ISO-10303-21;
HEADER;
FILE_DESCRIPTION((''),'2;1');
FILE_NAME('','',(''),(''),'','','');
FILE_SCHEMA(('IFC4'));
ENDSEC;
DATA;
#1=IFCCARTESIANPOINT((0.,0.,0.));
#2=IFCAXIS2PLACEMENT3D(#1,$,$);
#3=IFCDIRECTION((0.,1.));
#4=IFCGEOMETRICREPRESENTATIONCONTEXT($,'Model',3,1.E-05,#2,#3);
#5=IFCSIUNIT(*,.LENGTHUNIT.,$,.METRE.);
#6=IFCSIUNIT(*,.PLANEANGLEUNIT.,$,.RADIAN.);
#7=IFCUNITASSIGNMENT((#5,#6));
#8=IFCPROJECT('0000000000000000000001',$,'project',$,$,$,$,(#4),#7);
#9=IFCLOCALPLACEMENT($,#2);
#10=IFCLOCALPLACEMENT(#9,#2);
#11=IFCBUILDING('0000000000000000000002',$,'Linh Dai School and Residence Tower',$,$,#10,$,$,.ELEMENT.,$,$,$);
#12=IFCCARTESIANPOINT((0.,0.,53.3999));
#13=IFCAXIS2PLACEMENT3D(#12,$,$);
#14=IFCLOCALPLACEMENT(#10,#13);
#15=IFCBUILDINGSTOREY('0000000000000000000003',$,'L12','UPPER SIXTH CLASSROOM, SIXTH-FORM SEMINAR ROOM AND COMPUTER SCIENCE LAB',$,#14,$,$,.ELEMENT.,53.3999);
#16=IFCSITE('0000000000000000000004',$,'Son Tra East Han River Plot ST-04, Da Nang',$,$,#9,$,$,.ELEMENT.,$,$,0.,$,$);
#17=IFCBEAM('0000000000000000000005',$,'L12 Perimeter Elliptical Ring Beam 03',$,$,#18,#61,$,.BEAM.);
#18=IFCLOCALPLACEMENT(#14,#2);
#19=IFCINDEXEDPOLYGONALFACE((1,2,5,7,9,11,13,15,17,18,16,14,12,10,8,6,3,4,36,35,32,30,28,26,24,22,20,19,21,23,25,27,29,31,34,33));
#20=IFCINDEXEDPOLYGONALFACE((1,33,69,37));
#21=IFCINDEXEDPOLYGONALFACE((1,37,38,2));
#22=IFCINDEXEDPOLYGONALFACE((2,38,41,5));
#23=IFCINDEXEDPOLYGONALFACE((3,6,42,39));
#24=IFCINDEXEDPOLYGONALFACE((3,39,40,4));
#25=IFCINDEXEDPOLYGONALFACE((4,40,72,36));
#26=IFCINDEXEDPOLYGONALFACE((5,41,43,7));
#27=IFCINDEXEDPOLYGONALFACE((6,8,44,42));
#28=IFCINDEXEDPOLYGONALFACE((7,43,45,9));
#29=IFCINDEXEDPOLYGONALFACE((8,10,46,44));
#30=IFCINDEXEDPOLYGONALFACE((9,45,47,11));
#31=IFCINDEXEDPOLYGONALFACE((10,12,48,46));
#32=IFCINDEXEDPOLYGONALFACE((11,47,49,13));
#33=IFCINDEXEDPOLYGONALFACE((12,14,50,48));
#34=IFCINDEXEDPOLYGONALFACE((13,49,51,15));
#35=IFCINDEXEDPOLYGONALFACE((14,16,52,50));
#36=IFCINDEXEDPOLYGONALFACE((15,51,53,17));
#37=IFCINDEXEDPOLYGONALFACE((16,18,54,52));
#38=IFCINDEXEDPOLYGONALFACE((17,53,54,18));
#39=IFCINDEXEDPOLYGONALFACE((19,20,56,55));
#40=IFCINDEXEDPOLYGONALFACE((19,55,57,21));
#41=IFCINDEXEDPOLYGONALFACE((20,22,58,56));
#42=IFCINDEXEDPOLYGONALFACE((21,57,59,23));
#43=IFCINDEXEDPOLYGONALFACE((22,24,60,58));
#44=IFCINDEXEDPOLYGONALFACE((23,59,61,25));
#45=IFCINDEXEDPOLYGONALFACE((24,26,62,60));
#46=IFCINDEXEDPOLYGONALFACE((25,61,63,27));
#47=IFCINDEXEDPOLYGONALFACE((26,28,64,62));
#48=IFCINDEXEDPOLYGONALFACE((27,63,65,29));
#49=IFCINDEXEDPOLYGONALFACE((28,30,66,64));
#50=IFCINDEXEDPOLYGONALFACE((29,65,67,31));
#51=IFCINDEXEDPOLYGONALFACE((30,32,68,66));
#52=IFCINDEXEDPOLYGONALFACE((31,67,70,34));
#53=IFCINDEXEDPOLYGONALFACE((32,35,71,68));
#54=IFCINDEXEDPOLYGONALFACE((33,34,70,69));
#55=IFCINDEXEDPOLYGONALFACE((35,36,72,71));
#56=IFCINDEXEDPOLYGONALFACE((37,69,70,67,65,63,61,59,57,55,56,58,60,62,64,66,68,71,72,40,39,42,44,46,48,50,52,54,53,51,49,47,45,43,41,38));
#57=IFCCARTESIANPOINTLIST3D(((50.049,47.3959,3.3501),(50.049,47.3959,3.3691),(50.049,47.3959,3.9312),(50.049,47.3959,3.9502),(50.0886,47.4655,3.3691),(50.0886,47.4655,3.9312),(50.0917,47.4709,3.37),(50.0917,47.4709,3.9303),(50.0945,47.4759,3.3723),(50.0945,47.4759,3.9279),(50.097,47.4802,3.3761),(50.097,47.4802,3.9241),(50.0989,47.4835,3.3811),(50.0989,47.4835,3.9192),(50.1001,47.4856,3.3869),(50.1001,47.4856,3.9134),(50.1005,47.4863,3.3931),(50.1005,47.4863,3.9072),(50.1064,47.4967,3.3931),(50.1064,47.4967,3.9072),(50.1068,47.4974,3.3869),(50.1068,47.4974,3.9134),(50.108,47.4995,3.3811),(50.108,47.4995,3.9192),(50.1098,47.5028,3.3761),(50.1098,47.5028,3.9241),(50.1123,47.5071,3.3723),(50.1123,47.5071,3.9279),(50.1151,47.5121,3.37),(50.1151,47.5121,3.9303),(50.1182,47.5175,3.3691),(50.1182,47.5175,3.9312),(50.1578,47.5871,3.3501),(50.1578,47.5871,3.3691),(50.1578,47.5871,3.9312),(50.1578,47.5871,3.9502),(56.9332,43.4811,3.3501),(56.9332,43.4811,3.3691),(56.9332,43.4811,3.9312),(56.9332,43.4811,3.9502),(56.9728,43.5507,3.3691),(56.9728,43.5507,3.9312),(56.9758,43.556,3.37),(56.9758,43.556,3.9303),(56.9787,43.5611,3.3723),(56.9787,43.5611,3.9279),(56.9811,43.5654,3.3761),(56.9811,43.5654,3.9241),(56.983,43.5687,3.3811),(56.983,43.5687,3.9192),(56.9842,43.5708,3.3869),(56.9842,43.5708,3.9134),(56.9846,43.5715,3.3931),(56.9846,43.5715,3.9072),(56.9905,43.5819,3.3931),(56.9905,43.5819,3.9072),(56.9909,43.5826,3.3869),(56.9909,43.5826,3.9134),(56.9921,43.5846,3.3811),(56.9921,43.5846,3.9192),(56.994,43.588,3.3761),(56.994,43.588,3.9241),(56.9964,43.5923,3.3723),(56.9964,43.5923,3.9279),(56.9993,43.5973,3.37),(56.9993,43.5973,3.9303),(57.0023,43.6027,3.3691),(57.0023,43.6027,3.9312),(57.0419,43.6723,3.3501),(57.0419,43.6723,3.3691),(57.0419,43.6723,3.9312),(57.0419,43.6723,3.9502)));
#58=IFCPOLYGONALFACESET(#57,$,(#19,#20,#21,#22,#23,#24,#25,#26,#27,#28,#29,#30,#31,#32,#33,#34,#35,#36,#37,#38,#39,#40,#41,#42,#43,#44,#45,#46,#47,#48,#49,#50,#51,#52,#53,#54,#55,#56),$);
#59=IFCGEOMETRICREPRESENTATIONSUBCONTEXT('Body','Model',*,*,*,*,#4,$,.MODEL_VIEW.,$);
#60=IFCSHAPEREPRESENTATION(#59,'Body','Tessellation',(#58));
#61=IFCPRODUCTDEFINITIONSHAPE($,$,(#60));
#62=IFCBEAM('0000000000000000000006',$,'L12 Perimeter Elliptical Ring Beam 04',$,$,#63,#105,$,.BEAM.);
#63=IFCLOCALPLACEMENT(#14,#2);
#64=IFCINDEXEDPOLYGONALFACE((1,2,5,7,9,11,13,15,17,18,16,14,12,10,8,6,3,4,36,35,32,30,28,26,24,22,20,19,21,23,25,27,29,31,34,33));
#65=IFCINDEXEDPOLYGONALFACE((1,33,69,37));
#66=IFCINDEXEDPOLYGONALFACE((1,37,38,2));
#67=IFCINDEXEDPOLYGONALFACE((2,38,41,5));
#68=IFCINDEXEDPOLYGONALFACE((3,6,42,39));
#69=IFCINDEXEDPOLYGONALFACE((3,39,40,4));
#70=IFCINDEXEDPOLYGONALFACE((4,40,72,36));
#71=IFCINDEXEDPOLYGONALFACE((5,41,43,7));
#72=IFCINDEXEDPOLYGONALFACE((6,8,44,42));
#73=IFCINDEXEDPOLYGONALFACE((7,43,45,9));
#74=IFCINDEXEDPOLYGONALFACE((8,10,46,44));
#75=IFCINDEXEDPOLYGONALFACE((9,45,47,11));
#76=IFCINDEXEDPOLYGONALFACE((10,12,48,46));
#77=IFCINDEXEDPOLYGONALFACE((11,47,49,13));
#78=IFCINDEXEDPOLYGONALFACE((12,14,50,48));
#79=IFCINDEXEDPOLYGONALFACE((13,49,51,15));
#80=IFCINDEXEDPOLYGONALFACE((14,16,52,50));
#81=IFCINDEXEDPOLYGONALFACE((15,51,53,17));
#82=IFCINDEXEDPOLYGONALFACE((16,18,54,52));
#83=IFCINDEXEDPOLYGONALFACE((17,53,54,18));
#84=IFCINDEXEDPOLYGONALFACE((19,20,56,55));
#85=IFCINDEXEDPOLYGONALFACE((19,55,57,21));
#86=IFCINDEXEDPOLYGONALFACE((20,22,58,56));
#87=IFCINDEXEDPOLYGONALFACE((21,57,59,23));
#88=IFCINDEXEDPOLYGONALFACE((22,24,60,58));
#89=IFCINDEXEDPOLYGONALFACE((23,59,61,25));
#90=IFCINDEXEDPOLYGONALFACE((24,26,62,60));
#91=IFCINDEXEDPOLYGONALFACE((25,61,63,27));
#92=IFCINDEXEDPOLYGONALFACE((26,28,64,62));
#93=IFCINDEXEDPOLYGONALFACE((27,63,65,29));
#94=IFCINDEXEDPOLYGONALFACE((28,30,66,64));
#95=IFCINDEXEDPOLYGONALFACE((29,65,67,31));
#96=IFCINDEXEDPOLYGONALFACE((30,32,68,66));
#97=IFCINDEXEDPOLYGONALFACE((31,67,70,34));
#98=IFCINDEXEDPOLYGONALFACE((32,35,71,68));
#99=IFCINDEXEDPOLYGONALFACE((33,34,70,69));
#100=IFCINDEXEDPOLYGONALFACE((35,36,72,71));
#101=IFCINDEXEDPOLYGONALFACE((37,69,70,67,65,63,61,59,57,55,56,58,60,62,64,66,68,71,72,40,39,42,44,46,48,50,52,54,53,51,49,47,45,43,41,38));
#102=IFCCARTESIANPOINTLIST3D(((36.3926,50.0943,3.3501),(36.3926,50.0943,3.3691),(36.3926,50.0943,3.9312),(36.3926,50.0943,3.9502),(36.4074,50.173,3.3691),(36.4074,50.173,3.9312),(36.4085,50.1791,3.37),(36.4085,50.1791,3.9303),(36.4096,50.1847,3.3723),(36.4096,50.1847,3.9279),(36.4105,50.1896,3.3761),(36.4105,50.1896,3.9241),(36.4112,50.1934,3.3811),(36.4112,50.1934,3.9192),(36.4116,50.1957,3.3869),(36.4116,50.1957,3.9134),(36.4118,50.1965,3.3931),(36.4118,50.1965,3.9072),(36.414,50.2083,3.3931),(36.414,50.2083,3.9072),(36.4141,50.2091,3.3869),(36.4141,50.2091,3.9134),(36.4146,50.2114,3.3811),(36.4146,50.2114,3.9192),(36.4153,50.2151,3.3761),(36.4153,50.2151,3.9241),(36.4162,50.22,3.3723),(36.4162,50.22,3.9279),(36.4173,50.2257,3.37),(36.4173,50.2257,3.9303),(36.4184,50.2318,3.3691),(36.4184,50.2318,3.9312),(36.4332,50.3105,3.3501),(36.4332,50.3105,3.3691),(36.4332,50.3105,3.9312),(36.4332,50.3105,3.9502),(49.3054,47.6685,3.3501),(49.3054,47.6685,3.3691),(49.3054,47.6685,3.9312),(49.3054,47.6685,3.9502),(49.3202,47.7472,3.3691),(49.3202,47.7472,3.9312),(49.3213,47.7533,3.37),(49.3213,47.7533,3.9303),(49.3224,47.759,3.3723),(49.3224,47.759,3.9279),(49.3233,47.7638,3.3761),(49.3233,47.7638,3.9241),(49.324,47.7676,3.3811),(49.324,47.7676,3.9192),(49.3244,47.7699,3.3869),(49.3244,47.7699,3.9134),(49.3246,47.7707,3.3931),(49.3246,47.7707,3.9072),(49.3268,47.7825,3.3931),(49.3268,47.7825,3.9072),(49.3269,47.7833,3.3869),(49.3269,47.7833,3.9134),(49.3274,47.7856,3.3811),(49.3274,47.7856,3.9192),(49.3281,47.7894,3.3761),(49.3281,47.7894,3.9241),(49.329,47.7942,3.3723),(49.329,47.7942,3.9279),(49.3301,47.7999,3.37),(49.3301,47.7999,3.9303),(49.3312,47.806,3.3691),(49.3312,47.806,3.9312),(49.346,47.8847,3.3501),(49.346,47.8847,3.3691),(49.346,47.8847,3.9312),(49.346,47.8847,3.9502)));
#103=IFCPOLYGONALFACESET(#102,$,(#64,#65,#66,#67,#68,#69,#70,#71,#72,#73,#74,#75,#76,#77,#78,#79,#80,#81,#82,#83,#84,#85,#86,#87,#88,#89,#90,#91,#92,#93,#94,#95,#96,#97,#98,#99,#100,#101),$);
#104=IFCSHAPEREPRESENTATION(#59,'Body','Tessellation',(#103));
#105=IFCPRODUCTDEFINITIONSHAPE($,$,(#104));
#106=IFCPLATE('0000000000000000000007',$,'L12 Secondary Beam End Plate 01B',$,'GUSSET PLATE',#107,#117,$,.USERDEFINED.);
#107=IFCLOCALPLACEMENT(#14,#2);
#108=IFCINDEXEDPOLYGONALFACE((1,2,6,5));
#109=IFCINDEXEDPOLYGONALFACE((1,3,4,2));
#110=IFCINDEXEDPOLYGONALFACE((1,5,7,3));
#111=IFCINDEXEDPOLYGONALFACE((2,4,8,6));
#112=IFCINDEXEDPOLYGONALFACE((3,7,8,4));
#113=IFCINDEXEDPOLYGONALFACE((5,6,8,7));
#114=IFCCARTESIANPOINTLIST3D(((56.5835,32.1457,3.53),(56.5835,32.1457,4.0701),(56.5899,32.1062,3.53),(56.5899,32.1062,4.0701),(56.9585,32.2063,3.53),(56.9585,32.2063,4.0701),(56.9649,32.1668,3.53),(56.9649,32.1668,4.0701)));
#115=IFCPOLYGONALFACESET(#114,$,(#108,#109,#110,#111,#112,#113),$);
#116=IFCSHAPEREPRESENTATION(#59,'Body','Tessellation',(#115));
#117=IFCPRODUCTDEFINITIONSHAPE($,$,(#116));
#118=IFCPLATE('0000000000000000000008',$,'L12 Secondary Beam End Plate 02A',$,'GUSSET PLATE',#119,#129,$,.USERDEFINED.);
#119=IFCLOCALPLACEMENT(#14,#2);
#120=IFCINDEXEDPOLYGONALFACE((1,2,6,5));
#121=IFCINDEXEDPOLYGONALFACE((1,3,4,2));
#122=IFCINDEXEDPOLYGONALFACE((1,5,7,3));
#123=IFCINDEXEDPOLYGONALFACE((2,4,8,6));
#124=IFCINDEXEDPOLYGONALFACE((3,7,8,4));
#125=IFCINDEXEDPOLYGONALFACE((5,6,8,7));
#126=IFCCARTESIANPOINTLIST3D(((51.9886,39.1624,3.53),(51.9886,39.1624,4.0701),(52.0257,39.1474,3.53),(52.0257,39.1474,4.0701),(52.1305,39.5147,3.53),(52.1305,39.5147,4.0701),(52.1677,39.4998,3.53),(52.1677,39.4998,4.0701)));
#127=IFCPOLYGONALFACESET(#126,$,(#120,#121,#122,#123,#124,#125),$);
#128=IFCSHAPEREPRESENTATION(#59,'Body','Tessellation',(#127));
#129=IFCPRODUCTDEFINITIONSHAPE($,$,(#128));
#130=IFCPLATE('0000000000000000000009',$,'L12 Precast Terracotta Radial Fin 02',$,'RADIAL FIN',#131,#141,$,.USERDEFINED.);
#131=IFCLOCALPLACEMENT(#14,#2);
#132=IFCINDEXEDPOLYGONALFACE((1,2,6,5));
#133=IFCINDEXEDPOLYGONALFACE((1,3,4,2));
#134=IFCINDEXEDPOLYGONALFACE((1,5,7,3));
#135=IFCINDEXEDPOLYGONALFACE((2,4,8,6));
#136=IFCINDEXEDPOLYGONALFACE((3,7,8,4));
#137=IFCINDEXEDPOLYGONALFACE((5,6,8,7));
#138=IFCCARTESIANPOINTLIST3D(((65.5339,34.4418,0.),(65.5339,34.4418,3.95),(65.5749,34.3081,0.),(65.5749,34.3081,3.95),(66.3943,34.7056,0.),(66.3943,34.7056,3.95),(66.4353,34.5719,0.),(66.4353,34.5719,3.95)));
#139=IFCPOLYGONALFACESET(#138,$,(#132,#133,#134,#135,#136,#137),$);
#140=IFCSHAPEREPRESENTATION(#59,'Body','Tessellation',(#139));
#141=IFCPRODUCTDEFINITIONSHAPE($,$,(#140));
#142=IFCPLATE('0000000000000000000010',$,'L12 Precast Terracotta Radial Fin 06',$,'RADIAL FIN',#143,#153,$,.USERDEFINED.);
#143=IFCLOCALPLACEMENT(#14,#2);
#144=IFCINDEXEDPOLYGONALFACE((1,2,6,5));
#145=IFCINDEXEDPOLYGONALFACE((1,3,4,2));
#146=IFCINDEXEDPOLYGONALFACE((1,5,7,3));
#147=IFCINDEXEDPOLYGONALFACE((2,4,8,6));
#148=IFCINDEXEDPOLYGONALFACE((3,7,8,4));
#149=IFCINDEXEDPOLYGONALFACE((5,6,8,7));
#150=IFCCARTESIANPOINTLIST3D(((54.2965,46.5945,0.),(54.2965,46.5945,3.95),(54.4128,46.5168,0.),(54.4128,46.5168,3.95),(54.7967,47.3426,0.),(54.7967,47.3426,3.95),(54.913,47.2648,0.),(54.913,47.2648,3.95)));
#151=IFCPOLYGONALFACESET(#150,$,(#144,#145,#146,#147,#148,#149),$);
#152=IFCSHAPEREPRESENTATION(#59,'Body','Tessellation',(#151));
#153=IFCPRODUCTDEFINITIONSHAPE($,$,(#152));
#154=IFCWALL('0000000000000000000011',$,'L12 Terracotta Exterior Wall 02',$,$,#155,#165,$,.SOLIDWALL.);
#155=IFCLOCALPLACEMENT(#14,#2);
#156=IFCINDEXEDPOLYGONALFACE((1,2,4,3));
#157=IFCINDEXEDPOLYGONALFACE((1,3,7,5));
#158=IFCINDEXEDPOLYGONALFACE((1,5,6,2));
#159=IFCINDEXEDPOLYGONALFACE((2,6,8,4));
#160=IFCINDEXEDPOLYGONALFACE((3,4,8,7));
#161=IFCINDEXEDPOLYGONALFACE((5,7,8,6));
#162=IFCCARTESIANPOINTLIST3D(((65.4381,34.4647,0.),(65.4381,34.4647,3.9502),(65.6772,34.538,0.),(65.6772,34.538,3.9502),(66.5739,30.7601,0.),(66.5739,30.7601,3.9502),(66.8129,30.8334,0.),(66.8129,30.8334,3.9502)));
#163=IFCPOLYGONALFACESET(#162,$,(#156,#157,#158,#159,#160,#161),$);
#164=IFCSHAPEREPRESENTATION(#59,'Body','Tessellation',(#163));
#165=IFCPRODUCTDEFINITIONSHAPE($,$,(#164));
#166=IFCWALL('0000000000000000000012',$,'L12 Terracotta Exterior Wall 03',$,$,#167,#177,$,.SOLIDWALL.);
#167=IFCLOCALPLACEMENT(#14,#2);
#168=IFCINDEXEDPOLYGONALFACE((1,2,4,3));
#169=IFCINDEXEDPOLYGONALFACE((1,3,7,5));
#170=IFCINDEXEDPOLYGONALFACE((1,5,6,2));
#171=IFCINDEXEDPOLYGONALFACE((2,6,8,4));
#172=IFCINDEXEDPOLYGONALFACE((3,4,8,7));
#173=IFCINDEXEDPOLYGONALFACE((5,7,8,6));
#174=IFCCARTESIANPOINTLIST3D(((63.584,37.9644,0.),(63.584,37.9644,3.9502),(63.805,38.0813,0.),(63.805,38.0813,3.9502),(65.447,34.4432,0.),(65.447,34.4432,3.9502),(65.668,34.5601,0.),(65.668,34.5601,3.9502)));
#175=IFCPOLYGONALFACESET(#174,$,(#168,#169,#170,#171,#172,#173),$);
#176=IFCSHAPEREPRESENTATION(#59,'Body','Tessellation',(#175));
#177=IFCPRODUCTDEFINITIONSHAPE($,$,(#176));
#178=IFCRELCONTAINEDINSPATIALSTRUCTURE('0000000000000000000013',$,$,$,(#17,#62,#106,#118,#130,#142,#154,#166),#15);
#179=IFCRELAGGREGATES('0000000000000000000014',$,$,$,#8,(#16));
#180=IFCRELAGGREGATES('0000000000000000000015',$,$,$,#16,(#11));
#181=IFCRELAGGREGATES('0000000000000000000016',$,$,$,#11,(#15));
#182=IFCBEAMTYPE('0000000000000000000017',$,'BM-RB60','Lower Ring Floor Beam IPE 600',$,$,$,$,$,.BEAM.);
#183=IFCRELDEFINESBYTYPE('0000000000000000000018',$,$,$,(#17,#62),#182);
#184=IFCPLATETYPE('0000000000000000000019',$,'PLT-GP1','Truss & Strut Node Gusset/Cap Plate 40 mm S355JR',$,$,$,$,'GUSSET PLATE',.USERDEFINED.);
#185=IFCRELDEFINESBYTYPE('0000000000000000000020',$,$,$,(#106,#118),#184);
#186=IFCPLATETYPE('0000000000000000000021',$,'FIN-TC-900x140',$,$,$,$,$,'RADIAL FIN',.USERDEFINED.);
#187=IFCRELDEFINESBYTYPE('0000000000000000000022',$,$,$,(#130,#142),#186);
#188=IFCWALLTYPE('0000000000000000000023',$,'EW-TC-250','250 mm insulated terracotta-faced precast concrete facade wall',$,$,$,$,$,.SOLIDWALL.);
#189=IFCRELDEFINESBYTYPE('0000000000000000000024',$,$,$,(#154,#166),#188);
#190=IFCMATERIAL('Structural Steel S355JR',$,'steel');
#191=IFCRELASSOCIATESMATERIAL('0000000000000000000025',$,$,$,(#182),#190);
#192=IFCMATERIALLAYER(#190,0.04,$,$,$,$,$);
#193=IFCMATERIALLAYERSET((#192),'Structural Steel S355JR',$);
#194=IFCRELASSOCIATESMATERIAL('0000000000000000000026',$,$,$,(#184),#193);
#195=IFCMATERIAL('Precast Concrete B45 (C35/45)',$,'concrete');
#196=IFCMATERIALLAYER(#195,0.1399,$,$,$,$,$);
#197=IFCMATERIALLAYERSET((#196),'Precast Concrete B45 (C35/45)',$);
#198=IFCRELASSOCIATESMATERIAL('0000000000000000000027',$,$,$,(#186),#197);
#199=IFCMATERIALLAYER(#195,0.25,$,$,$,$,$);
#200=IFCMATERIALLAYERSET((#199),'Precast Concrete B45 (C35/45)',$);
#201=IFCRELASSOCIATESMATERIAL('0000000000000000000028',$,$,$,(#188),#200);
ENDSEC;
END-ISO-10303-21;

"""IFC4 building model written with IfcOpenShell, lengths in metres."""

from ifc_helpers import new_model, si_unit, direction, frame, frame_2d, origin, origin_2d, place, context, subcontext, project, spatial, rectangle, i_section, extrude, source, transform, mapped, material, layer, layer_set, material_profile, profile_set, type_object, element, save


model = new_model("IFC4")

# Units and contexts
model_context = context("Model", 3, precision=1e-05, world=origin(), true_north=direction((0.0, 1.0)))
body_context = subcontext(model_context, "Body", "Model", "MODEL_VIEW")
ifc_project = project(units=[si_unit("LENGTHUNIT", "METRE"), si_unit("PLANEANGLEUNIT", "RADIAN")], contexts=[model_context])

# Site, building, storey
site_placement = place(None, origin())
site = spatial("IfcSite", under=ifc_project, at=site_placement, Name="Son Tra East Han River Plot ST-04, Da Nang", CompositionType="ELEMENT", RefElevation=0.0)
building_placement = place(site_placement, origin())
building = spatial("IfcBuilding", under=site, at=building_placement, Name="Linh Dai School and Residence Tower", CompositionType="ELEMENT")
storey_placement = place(building_placement, frame((0.0, 0.0, 53.3999)))
storey = spatial("IfcBuildingStorey", under=building, at=storey_placement, Name="L12", Description="UPPER SIXTH CLASSROOM, SIXTH-FORM SEMINAR ROOM AND COMPUTER SCIENCE LAB", CompositionType="ELEMENT", Elevation=53.3999)

# Shared definitions
ifc_material_1 = material(Name="Structural Steel S355JR", Category="steel")

# Beams
ifc_material_profile_1 = material_profile(ifc_material_1, i_section(OverallWidth=0.22, OverallDepth=0.6001, WebThickness=0.012, FlangeThickness=0.019, FilletRadius=0.0239, at=origin_2d()), Name="IPE 600")
ifc_profile_set_1 = profile_set([ifc_material_profile_1], Name="Structural Steel S355JR")
beam_type_1 = type_object("IfcBeamType", Name="BM-RB60", Description="Lower Ring Floor Beam IPE 600", PredefinedType="BEAM", material=ifc_profile_set_1)
beam_1_placement = place(storey_placement, frame((56.9875, 43.5767, 3.6501), z_axis=(-0.869271, 0.494335, 0.0), x_axis=(-0.494335, -0.869271, 0.0)))
element("IfcBeam", 1, at=beam_1_placement, inside=storey, type_object=beam_type_1, Name="L12 Perimeter Elliptical Ring Beam 03", PredefinedType="BEAM", context=body_context, shape_type="SweptSolid", body=[
    extrude(i_section(OverallWidth=0.22, OverallDepth=0.6001, WebThickness=0.012, FlangeThickness=0.019, FilletRadius=0.0239, at=origin_2d()), origin(), (0.0, 0.0, 1.0), 7.9194),
])
beam_2_placement = place(storey_placement, frame((49.3257, 47.7766, 3.6501), z_axis=(-0.982808, 0.184628, 0.0), x_axis=(-0.184628, -0.982808, 0.0)))
element("IfcBeam", 2, at=beam_2_placement, inside=storey, type_object=beam_type_1, Name="L12 Perimeter Elliptical Ring Beam 04", PredefinedType="BEAM", context=body_context, shape_type="SweptSolid", body=[
    extrude(i_section(OverallWidth=0.22, OverallDepth=0.6001, WebThickness=0.012, FlangeThickness=0.019, FilletRadius=0.0239, at=origin_2d()), origin(), (0.0, 0.0, 1.0), 13.1387),
])

# Plates
ifc_layer_1 = layer(ifc_material_1, 0.04)
ifc_layer_set_1 = layer_set([ifc_layer_1], Name="Structural Steel S355JR")
plate_type_1 = type_object("IfcPlateType", Name="PLT-GP1", Description="Truss & Strut Node Gusset/Cap Plate 40 mm S355JR", ElementType="GUSSET PLATE", PredefinedType="USERDEFINED", material=ifc_layer_set_1)
shared_shape_1 = source(origin(), body_context, "Body", "SweptSolid", [
    extrude(rectangle(XDim=0.04, YDim=0.3799, at=origin_2d()), origin(), (0.0, 0.0, 1.0), 0.54),
])
for number, where, z_axis, x_axis, name in (
    (3, (56.7742, 32.1562, 3.53), (0.0, 0.0, 1.0), (-0.159659, 0.987172, 0.0), "L12 Secondary Beam End Plate 01B"),
    (4, (52.0781, 39.3311, 3.53), (0.0, 0.0, 1.0), (-0.927536, 0.373733, 0.0), "L12 Secondary Beam End Plate 02A"),
):
    element("IfcPlate", number, at=place(storey_placement, frame(where, z_axis=z_axis, x_axis=x_axis)), inside=storey, type_object=plate_type_1, Name=name, ObjectType="GUSSET PLATE", PredefinedType="USERDEFINED", context=body_context, shape_type="MappedRepresentation", body=[
        mapped(shared_shape_1, transform((0.0, 0.0, 0.0), x_axis=(1.0, 0.0, 0.0), y_axis=(0.0, 1.0, 0.0), z_axis=(0.0, 0.0, 1.0), scale=1.0)),
    ])
ifc_material_2 = material(Name="Precast Concrete B45 (C35/45)", Category="concrete")
ifc_layer_2 = layer(ifc_material_2, 0.1399)
ifc_layer_set_2 = layer_set([ifc_layer_2], Name="Precast Concrete B45 (C35/45)")
plate_type_2 = type_object("IfcPlateType", Name="FIN-TC-900x140", ElementType="RADIAL FIN", PredefinedType="USERDEFINED", material=ifc_layer_set_2)
shared_shape_2 = source(origin(), body_context, "Body", "SweptSolid", [
    extrude(rectangle(XDim=0.8999, YDim=0.1399, at=origin_2d()), origin(), (0.0, 0.0, 1.0), 3.95),
])
for number, where, z_axis, x_axis, name in (
    (5, (65.9846, 34.5068, 0.0), (0.0, 0.0, 1.0), (0.956068, 0.293146, 0.0), "L12 Precast Terracotta Radial Fin 02"),
    (6, (54.6047, 46.9297, 0.0), (0.0, 0.0, 1.0), (0.555898, 0.831251, 0.0), "L12 Precast Terracotta Radial Fin 06"),
):
    element("IfcPlate", number, at=place(storey_placement, frame(where, z_axis=z_axis, x_axis=x_axis)), inside=storey, type_object=plate_type_2, Name=name, ObjectType="RADIAL FIN", PredefinedType="USERDEFINED", context=body_context, shape_type="MappedRepresentation", body=[
        mapped(shared_shape_2, transform((0.0, 0.0, 0.0), x_axis=(1.0, 0.0, 0.0), y_axis=(0.0, 1.0, 0.0), z_axis=(0.0, 0.0, 1.0), scale=1.0)),
    ])

# Walls
ifc_layer_3 = layer(ifc_material_2, 0.25)
ifc_layer_set_3 = layer_set([ifc_layer_3], Name="Precast Concrete B45 (C35/45)")
wall_type_1 = type_object("IfcWallType", Name="EW-TC-250", Description="250 mm insulated terracotta-faced precast concrete facade wall", PredefinedType="SOLIDWALL", material=ifc_layer_set_3)
wall_1_placement = place(storey_placement, frame((65.5576, 34.5015, 0.0), z_axis=(0.0, 0.0, 1.0), x_axis=(0.293112, -0.956078, 0.0)))
element("IfcWall", 7, at=wall_1_placement, inside=storey, type_object=wall_type_1, Name="L12 Terracotta Exterior Wall 02", PredefinedType="SOLIDWALL", context=body_context, shape_type="SweptSolid", body=[
    extrude(rectangle(XDim=3.8748, YDim=0.25, at=frame_2d((1.9375, 0.0))), origin(), (0.0, 0.0, 1.0), 3.9502),
])
wall_2_placement = place(storey_placement, frame((63.6946, 38.0227, 0.0), z_axis=(0.0, 0.0, 1.0), x_axis=(0.467662, -0.883907, 0.0)))
element("IfcWall", 8, at=wall_2_placement, inside=storey, type_object=wall_type_1, Name="L12 Terracotta Exterior Wall 03", PredefinedType="SOLIDWALL", context=body_context, shape_type="SweptSolid", body=[
    extrude(rectangle(XDim=3.9836, YDim=0.25, at=frame_2d((1.9917, 0.0))), origin(), (0.0, 0.0, 1.0), 3.9502),
])

save(model, "model.ifc")
